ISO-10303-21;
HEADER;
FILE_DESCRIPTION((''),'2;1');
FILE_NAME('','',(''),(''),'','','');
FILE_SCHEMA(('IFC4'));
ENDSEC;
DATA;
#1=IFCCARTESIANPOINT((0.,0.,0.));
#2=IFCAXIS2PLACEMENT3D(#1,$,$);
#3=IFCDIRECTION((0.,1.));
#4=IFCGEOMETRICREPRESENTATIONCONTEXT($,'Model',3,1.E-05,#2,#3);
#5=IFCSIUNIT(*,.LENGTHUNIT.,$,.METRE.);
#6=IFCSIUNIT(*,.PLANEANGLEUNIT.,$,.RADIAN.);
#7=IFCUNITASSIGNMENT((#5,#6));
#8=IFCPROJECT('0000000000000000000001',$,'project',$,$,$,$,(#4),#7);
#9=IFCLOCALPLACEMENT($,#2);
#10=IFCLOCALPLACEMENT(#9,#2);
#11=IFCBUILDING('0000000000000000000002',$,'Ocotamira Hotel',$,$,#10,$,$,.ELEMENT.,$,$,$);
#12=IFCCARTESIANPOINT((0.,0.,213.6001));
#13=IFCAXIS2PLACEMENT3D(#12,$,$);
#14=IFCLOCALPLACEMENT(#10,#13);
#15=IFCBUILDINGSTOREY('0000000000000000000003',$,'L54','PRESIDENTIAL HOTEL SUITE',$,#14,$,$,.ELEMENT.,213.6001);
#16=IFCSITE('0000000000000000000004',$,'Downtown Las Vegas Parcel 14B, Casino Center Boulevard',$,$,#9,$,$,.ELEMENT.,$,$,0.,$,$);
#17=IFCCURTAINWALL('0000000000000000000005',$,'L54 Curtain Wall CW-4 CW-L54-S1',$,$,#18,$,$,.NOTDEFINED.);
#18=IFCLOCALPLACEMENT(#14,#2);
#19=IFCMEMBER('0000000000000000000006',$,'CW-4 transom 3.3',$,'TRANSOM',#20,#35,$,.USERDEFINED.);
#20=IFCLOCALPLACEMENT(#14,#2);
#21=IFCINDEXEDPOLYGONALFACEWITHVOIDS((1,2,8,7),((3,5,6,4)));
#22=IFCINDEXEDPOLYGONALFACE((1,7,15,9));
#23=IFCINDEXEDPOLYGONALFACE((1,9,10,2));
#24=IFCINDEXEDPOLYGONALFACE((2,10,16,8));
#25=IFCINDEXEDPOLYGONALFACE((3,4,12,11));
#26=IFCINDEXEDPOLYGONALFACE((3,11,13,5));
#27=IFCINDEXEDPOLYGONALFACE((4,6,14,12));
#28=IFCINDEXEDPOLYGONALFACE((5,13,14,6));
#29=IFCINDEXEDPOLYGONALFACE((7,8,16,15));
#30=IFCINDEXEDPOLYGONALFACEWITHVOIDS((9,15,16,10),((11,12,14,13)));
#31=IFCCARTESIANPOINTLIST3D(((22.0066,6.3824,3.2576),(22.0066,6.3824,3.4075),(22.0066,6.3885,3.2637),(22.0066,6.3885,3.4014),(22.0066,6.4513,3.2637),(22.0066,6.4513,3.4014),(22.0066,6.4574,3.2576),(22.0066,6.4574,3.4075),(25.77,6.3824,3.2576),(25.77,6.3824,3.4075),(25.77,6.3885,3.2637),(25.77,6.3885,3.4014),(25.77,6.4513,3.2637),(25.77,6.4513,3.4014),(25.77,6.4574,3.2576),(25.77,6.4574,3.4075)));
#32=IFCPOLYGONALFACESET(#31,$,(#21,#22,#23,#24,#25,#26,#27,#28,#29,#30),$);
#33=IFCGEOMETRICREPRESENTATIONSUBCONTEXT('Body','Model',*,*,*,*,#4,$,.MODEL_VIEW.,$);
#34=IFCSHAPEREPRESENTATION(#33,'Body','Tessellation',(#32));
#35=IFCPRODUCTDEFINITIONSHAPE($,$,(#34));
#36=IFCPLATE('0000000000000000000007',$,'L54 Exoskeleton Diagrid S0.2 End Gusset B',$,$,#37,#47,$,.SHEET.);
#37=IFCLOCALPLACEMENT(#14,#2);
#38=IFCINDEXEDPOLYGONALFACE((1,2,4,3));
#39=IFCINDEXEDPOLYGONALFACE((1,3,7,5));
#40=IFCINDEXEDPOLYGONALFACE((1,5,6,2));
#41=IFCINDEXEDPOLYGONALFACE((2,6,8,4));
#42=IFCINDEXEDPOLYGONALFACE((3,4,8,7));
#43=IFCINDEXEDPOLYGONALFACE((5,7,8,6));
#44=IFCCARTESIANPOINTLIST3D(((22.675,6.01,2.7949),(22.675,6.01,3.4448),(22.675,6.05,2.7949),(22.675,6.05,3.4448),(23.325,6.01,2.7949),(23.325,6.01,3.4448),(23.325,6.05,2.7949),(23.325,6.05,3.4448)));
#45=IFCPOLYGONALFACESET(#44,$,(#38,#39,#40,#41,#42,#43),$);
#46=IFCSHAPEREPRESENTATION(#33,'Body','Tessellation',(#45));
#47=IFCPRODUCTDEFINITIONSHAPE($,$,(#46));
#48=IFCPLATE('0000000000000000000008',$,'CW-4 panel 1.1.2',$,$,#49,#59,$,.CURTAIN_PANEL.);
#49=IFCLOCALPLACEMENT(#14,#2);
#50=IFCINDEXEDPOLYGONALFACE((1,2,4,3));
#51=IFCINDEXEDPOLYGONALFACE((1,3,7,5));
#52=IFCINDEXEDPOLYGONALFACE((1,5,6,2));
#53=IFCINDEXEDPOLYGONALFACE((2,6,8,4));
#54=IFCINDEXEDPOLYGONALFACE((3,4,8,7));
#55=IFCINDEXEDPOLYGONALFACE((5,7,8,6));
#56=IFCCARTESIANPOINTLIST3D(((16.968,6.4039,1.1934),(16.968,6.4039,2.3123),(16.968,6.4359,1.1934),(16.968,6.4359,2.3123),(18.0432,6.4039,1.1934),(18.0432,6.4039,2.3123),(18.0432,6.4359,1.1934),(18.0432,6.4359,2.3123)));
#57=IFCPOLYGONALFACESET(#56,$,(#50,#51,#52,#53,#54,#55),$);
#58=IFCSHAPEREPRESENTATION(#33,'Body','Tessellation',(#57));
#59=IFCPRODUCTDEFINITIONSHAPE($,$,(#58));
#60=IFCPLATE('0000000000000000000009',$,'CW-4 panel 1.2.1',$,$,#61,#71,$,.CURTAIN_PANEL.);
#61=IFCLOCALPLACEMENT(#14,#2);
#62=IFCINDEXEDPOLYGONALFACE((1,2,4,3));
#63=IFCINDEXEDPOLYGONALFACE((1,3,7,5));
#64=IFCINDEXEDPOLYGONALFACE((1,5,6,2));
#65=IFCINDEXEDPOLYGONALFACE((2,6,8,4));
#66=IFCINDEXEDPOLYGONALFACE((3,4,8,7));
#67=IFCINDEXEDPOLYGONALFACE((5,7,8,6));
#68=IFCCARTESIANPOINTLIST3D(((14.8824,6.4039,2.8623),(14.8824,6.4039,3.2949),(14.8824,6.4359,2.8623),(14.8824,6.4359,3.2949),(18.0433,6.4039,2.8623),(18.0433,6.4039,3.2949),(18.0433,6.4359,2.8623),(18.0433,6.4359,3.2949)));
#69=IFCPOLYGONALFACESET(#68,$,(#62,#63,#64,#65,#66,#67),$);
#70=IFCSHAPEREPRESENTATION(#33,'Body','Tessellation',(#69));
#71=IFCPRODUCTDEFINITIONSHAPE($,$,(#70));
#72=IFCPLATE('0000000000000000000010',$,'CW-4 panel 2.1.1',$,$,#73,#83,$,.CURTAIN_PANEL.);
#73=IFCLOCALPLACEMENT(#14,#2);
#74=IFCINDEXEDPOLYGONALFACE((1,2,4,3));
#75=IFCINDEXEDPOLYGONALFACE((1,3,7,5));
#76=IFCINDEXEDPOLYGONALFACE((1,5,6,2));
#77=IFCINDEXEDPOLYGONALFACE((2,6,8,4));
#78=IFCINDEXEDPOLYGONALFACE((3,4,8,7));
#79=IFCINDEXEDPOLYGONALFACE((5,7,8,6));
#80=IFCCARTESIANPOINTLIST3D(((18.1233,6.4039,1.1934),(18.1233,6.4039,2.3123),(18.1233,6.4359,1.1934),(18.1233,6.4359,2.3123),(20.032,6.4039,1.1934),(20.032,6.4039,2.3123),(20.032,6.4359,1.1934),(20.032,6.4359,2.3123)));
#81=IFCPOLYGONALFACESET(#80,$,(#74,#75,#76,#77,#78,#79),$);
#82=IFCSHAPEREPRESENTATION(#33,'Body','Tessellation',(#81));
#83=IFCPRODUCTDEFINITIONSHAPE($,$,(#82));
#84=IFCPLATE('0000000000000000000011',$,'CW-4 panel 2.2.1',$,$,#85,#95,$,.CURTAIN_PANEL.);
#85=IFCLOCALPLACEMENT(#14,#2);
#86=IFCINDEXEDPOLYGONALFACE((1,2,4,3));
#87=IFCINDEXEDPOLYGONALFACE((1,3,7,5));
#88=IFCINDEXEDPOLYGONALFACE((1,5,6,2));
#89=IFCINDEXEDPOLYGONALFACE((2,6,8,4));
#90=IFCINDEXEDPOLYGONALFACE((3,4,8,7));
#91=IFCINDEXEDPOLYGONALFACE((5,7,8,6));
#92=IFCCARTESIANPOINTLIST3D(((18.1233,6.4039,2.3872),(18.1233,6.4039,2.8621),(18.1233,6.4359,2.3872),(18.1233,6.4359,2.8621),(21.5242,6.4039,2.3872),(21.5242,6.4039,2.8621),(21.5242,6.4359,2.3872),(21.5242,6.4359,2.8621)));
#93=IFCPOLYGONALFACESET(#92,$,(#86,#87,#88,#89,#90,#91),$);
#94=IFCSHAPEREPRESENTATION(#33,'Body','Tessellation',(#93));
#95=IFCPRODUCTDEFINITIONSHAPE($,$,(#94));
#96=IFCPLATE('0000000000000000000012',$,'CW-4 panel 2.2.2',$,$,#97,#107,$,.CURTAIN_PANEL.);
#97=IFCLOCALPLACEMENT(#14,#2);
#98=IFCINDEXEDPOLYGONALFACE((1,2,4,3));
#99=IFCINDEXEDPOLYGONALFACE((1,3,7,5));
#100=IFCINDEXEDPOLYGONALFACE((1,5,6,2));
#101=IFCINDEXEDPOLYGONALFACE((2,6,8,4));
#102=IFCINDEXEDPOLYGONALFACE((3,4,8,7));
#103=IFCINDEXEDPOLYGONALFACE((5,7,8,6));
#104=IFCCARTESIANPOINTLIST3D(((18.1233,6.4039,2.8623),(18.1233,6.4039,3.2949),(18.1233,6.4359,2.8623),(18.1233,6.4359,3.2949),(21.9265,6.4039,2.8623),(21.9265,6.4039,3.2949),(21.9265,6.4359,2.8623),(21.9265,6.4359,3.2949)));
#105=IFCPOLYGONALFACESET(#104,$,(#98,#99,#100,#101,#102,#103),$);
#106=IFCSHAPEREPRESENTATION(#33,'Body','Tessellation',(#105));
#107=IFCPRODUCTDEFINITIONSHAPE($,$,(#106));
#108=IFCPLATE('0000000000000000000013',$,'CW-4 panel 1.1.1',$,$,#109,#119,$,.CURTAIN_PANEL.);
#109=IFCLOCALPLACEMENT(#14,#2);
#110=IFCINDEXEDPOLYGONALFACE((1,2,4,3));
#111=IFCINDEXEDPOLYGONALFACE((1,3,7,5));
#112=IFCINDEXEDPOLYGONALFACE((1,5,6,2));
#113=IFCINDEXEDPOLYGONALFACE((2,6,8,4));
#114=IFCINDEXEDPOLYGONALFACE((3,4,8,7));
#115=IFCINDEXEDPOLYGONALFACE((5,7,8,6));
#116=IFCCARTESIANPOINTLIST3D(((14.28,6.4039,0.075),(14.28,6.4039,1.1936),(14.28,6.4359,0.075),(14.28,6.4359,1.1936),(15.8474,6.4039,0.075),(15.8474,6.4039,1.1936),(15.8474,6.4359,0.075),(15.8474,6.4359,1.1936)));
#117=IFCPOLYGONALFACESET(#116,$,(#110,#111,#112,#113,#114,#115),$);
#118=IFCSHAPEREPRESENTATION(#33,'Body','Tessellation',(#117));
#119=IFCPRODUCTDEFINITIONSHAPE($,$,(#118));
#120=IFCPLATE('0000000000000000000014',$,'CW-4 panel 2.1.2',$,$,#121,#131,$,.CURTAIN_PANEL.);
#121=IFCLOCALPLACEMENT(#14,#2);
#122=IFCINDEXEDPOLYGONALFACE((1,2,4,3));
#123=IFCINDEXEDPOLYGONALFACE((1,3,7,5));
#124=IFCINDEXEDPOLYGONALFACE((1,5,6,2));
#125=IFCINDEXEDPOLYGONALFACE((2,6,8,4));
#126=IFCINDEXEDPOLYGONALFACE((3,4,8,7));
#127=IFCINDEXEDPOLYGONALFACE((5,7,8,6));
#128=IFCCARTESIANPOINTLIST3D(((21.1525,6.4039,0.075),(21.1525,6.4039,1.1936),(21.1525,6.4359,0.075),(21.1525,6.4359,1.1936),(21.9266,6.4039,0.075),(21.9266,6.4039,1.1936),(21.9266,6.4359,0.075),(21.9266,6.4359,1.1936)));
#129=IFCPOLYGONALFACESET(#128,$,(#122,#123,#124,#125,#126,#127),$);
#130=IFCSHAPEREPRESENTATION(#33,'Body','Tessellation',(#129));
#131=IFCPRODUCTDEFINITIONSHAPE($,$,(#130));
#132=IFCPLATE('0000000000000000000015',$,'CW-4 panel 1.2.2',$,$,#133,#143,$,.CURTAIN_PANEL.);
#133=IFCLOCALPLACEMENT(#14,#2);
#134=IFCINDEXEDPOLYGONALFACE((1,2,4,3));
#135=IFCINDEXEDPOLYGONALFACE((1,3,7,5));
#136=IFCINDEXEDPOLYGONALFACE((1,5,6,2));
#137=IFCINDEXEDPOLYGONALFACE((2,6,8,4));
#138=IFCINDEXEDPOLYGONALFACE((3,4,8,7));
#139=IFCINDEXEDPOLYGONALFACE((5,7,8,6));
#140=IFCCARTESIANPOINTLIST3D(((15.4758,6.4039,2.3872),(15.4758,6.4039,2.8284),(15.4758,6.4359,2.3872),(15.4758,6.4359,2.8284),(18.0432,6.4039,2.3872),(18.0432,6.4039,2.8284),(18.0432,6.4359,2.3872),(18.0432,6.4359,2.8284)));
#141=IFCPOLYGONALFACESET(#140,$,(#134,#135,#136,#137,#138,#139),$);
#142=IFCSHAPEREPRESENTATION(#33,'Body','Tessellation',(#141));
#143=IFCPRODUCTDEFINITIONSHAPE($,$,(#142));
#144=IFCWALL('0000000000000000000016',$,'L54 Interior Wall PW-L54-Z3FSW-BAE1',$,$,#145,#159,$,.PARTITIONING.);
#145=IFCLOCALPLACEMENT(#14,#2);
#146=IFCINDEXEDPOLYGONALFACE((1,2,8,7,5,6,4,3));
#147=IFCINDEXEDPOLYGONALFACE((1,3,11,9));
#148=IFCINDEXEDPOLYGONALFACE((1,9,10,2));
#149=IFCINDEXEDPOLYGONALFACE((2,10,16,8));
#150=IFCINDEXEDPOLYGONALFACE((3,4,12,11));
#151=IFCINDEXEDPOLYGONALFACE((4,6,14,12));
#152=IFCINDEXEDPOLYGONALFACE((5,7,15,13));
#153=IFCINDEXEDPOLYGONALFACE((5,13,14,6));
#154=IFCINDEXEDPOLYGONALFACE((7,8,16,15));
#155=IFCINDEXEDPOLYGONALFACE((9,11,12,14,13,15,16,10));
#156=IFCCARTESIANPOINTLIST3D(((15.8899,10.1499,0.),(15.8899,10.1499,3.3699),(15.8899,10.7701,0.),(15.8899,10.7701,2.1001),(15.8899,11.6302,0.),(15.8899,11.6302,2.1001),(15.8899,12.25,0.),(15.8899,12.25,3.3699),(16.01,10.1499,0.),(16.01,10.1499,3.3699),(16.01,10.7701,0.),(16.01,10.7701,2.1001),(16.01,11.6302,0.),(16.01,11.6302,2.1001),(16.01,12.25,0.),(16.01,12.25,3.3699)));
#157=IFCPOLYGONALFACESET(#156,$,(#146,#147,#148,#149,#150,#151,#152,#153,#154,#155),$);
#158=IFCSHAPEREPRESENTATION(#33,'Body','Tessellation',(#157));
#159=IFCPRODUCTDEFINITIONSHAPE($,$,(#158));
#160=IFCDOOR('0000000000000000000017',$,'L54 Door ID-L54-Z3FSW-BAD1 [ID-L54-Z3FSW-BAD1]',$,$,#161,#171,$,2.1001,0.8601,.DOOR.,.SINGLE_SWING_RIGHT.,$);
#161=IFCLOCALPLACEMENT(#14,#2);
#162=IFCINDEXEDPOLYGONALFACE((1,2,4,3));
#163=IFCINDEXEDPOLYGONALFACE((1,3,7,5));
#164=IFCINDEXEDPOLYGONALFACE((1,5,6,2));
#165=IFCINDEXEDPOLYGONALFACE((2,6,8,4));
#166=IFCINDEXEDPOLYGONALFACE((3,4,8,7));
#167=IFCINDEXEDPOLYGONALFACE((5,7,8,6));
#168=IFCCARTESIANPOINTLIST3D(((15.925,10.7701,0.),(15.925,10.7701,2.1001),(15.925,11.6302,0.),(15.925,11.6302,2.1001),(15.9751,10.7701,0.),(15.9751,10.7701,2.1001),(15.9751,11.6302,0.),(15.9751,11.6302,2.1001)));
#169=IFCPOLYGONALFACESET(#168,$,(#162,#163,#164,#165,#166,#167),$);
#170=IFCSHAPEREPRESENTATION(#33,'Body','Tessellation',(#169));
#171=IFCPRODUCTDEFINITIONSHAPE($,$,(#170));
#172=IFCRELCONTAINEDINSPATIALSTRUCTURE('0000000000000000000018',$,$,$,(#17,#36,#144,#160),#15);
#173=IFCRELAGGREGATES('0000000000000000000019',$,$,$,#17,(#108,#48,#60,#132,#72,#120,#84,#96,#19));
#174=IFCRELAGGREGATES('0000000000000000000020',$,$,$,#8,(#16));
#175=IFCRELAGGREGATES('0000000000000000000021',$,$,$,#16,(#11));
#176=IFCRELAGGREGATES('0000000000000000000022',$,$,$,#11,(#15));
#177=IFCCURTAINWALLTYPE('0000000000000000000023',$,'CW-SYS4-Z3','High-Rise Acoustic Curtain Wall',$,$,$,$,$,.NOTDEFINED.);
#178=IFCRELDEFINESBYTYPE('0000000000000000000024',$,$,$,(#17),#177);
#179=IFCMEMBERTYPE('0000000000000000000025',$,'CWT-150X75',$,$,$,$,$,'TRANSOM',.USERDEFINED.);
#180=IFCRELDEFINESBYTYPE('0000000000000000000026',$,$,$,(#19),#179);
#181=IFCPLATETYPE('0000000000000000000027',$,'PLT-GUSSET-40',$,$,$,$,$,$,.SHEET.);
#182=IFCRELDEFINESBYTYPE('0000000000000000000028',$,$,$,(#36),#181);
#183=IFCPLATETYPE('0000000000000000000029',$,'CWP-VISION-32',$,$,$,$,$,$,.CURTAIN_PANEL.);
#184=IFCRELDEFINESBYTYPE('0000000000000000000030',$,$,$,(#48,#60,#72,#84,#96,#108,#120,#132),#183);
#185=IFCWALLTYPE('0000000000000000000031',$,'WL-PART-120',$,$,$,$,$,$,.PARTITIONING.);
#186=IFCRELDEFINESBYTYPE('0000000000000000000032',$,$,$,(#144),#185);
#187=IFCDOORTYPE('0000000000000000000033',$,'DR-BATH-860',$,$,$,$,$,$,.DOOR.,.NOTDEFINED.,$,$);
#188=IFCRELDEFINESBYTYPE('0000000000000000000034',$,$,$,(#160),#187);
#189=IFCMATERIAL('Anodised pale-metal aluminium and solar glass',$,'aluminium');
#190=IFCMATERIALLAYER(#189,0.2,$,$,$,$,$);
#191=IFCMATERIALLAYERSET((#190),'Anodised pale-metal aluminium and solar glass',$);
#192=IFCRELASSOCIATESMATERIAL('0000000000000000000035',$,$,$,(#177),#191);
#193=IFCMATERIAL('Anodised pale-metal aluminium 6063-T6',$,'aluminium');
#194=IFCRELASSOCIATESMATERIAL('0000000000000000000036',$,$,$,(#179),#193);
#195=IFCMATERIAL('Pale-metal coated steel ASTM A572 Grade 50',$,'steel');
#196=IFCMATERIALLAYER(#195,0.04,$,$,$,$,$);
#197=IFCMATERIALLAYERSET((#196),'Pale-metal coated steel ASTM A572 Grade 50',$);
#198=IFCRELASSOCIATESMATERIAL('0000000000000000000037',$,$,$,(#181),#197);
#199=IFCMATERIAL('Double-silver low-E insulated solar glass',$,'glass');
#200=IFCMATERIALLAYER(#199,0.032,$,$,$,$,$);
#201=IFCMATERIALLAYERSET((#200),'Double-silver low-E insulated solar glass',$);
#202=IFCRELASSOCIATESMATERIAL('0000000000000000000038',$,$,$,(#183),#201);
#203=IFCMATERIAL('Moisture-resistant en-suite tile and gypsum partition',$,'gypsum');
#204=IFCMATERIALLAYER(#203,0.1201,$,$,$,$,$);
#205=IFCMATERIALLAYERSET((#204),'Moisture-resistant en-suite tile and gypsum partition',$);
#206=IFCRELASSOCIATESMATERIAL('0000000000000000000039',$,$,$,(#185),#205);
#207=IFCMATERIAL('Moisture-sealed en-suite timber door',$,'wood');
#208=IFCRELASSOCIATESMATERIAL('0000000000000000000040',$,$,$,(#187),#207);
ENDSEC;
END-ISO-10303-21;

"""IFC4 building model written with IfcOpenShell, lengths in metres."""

from ifc_helpers import new_model, si_unit, direction, frame, frame_2d, origin, origin_2d, place, context, subcontext, project, spatial, rectangle, hollow_rectangle, extrude, source, transform, mapped, material, layer, layer_set, material_profile, profile_set, type_object, element, fill, aggregate, save


model = new_model("IFC4")

# Units and contexts
model_context = context("Model", 3, precision=1e-05, world=origin(), true_north=direction((0.0, 1.0)))
body_context = subcontext(model_context, "Body", "Model", "MODEL_VIEW")
ifc_project = project(units=[si_unit("LENGTHUNIT", "METRE"), si_unit("PLANEANGLEUNIT", "RADIAN")], contexts=[model_context])

# Site, building, storey
site_placement = place(None, origin())
site = spatial("IfcSite", under=ifc_project, at=site_placement, Name="Downtown Las Vegas Parcel 14B, Casino Center Boulevard", CompositionType="ELEMENT", RefElevation=0.0)
building_placement = place(site_placement, origin())
building = spatial("IfcBuilding", under=site, at=building_placement, Name="Ocotamira Hotel", CompositionType="ELEMENT")
storey_placement = place(building_placement, frame((0.0, 0.0, 213.6001)))
storey = spatial("IfcBuildingStorey", under=building, at=storey_placement, Name="L54", Description="PRESIDENTIAL HOTEL SUITE", CompositionType="ELEMENT", Elevation=213.6001)

# Curtain wall, member
ifc_material_1 = material(Name="Anodised pale-metal aluminium and solar glass", Category="aluminium")
ifc_layer_1 = layer(ifc_material_1, 0.2)
ifc_layer_set_1 = layer_set([ifc_layer_1], Name="Anodised pale-metal aluminium and solar glass")
curtain_wall_type = type_object("IfcCurtainWallType", Name="CW-SYS4-Z3", Description="High-Rise Acoustic Curtain Wall", PredefinedType="NOTDEFINED", material=ifc_layer_set_1)
curtain_wall_placement = place(storey_placement, origin())
curtain_wall = element("IfcCurtainWall", 1, at=curtain_wall_placement, inside=storey, type_object=curtain_wall_type, Name="L54 Curtain Wall CW-4 CW-L54-S1", PredefinedType="NOTDEFINED")
ifc_material_2 = material(Name="Anodised pale-metal aluminium 6063-T6", Category="aluminium")
ifc_material_profile_1 = material_profile(ifc_material_2, hollow_rectangle(XDim=0.075, YDim=0.1499, WallThickness=0.0061, at=origin_2d()), Name="HSS150X75X6")
ifc_profile_set_1 = profile_set([ifc_material_profile_1], Name="Anodised pale-metal aluminium 6063-T6")
member_type_1 = type_object("IfcMemberType", Name="CWT-150X75", ElementType="TRANSOM", PredefinedType="USERDEFINED", material=ifc_profile_set_1)
shared_shape_1 = source(origin(), body_context, "Body", "SweptSolid", [
    extrude(hollow_rectangle(XDim=0.075, YDim=0.1499, WallThickness=0.0061, at=origin_2d()), origin(), (0.0, 0.0, 1.0), 3.7634),
])
member_1_placement = place(storey_placement, frame((22.0066, 6.4199, 3.3325), z_axis=(1.0, 0.0, 0.0), x_axis=(0.0, 1.0, 0.0)))
member_1 = element("IfcMember", 2, at=member_1_placement, type_object=member_type_1, Name="CW-4 transom 3.3", ObjectType="TRANSOM", PredefinedType="USERDEFINED", context=body_context, shape_type="MappedRepresentation", body=[
    mapped(shared_shape_1, transform((0.0, 0.0, 0.0), scale=1.0)),
])

# Plates
ifc_material_3 = material(Name="Pale-metal coated steel ASTM A572 Grade 50", Category="steel")
ifc_layer_2 = layer(ifc_material_3, 0.04)
ifc_layer_set_2 = layer_set([ifc_layer_2], Name="Pale-metal coated steel ASTM A572 Grade 50")
plate_type_1 = type_object("IfcPlateType", Name="PLT-GUSSET-40", PredefinedType="SHEET", material=ifc_layer_set_2)
shared_shape_2 = source(origin(), body_context, "Body", "SweptSolid", [
    extrude(rectangle(XDim=0.6499, YDim=0.04, at=origin_2d()), origin(), (0.0, 0.0, 1.0), 0.6499),
])
plate_1_placement = place(storey_placement, frame((23.0, 6.03, 2.7949), z_axis=(0.0, 0.0, 1.0), x_axis=(1.0, 0.0, 0.0)))
element("IfcPlate", 3, at=plate_1_placement, inside=storey, type_object=plate_type_1, Name="L54 Exoskeleton Diagrid S0.2 End Gusset B", PredefinedType="SHEET", context=body_context, shape_type="MappedRepresentation", body=[
    mapped(shared_shape_2, transform((0.0, 0.0, 0.0), scale=1.0)),
])
ifc_material_4 = material(Name="Double-silver low-E insulated solar glass", Category="glass")
ifc_layer_3 = layer(ifc_material_4, 0.032)
ifc_layer_set_3 = layer_set([ifc_layer_3], Name="Double-silver low-E insulated solar glass")
plate_type_2 = type_object("IfcPlateType", Name="CWP-VISION-32", PredefinedType="CURTAIN_PANEL", material=ifc_layer_set_3)
shared_shape_3 = source(origin(), body_context, "Body", "SweptSolid", [
    extrude(rectangle(XDim=1.0752, YDim=0.032, at=origin_2d()), origin(), (0.0, 0.0, 1.0), 1.1189),
])
plate_2_placement = place(storey_placement, frame((17.5056, 6.4199, 1.1934), z_axis=(0.0, 0.0, 1.0), x_axis=(1.0, 0.0, 0.0)))
plate_2 = element("IfcPlate", 4, at=plate_2_placement, type_object=plate_type_2, Name="CW-4 panel 1.1.2", PredefinedType="CURTAIN_PANEL", context=body_context, shape_type="MappedRepresentation", body=[
    mapped(shared_shape_3, transform((0.0, 0.0, 0.0), scale=1.0)),
])
shared_shape_4 = source(origin(), body_context, "Body", "SweptSolid", [
    extrude(rectangle(XDim=3.1609, YDim=0.032, at=origin_2d()), origin(), (0.0, 0.0, 1.0), 0.4326),
])
plate_3_placement = place(storey_placement, frame((16.4629, 6.4199, 2.8623), z_axis=(0.0, 0.0, 1.0), x_axis=(1.0, 0.0, 0.0)))
plate_3 = element("IfcPlate", 5, at=plate_3_placement, type_object=plate_type_2, Name="CW-4 panel 1.2.1", PredefinedType="CURTAIN_PANEL", context=body_context, shape_type="MappedRepresentation", body=[
    mapped(shared_shape_4, transform((0.0, 0.0, 0.0), scale=1.0)),
])
shared_shape_5 = source(origin(), body_context, "Body", "SweptSolid", [
    extrude(rectangle(XDim=1.9087, YDim=0.032, at=origin_2d()), origin(), (0.0, 0.0, 1.0), 1.1189),
])
plate_4_placement = place(storey_placement, frame((19.0776, 6.4199, 1.1934), z_axis=(0.0, 0.0, 1.0), x_axis=(1.0, 0.0, 0.0)))
plate_4 = element("IfcPlate", 6, at=plate_4_placement, type_object=plate_type_2, Name="CW-4 panel 2.1.1", PredefinedType="CURTAIN_PANEL", context=body_context, shape_type="MappedRepresentation", body=[
    mapped(shared_shape_5, transform((0.0, 0.0, 0.0), scale=1.0)),
])
shared_shape_6 = source(origin(), body_context, "Body", "SweptSolid", [
    extrude(rectangle(XDim=3.4009, YDim=0.032, at=origin_2d()), origin(), (0.0, 0.0, 1.0), 0.4749),
])
plate_5_placement = place(storey_placement, frame((19.8237, 6.4199, 2.3872), z_axis=(0.0, 0.0, 1.0), x_axis=(1.0, 0.0, 0.0)))
plate_5 = element("IfcPlate", 7, at=plate_5_placement, type_object=plate_type_2, Name="CW-4 panel 2.2.1", PredefinedType="CURTAIN_PANEL", context=body_context, shape_type="MappedRepresentation", body=[
    mapped(shared_shape_6, transform((0.0, 0.0, 0.0), scale=1.0)),
])
shared_shape_7 = source(origin(), body_context, "Body", "SweptSolid", [
    extrude(rectangle(XDim=3.8032, YDim=0.032, at=origin_2d()), origin(), (0.0, 0.0, 1.0), 0.4326),
])
plate_6_placement = place(storey_placement, frame((20.0249, 6.4199, 2.8623), z_axis=(0.0, 0.0, 1.0), x_axis=(1.0, 0.0, 0.0)))
plate_6 = element("IfcPlate", 8, at=plate_6_placement, type_object=plate_type_2, Name="CW-4 panel 2.2.2", PredefinedType="CURTAIN_PANEL", context=body_context, shape_type="MappedRepresentation", body=[
    mapped(shared_shape_7, transform((0.0, 0.0, 0.0), scale=1.0)),
])
shared_shape_8 = source(origin(), body_context, "Body", "SweptSolid", [
    extrude(rectangle(XDim=1.5674, YDim=0.032, at=origin_2d()), origin(), (0.0, 0.0, 1.0), 1.1187),
])
plate_7_placement = place(storey_placement, frame((15.0637, 6.4199, 0.075), z_axis=(0.0, 0.0, 1.0), x_axis=(1.0, 0.0, 0.0)))
plate_7 = element("IfcPlate", 9, at=plate_7_placement, type_object=plate_type_2, Name="CW-4 panel 1.1.1", PredefinedType="CURTAIN_PANEL", context=body_context, shape_type="MappedRepresentation", body=[
    mapped(shared_shape_8, transform((0.0, 0.0, 0.0), scale=1.0)),
])
shared_shape_9 = source(origin(), body_context, "Body", "SweptSolid", [
    extrude(rectangle(XDim=0.7742, YDim=0.032, at=origin_2d()), origin(), (0.0, 0.0, 1.0), 1.1187),
])
plate_8_placement = place(storey_placement, frame((21.5396, 6.4199, 0.075), z_axis=(0.0, 0.0, 1.0), x_axis=(1.0, 0.0, 0.0)))
plate_8 = element("IfcPlate", 10, at=plate_8_placement, type_object=plate_type_2, Name="CW-4 panel 2.1.2", PredefinedType="CURTAIN_PANEL", context=body_context, shape_type="MappedRepresentation", body=[
    mapped(shared_shape_9, transform((0.0, 0.0, 0.0), scale=1.0)),
])
shared_shape_10 = source(origin(), body_context, "Body", "SweptSolid", [
    extrude(rectangle(XDim=2.5674, YDim=0.032, at=origin_2d()), origin(), (0.0, 0.0, 1.0), 0.4412),
])
plate_9_placement = place(storey_placement, frame((16.7595, 6.4199, 2.3872), z_axis=(0.0, 0.0, 1.0), x_axis=(1.0, 0.0, 0.0)))
plate_9 = element("IfcPlate", 11, at=plate_9_placement, type_object=plate_type_2, Name="CW-4 panel 1.2.2", PredefinedType="CURTAIN_PANEL", context=body_context, shape_type="MappedRepresentation", body=[
    mapped(shared_shape_10, transform((0.0, 0.0, 0.0), scale=1.0)),
])
aggregate(curtain_wall, [plate_7, plate_2, plate_3, plate_9, plate_4, plate_8, plate_5, plate_6, member_1])

# Wall, opening, door
ifc_material_5 = material(Name="Moisture-resistant en-suite tile and gypsum partition", Category="gypsum")
ifc_layer_4 = layer(ifc_material_5, 0.1201)
ifc_layer_set_4 = layer_set([ifc_layer_4], Name="Moisture-resistant en-suite tile and gypsum partition")
wall_type_1 = type_object("IfcWallType", Name="WL-PART-120", PredefinedType="PARTITIONING", material=ifc_layer_set_4)
wall_1_placement = place(storey_placement, frame((15.95, 10.1499, 0.0), z_axis=(0.0, 0.0, 1.0), x_axis=(0.0, 1.0, 0.0)))
wall_1 = element("IfcWall", 12, at=wall_1_placement, inside=storey, type_object=wall_type_1, Name="L54 Interior Wall PW-L54-Z3FSW-BAE1", PredefinedType="PARTITIONING", context=body_context, shape_type="SweptSolid", body=[
    extrude(rectangle(XDim=2.1001, YDim=0.1201, at=frame_2d((1.05, 0.0))), origin(), (0.0, 0.0, 1.0), 3.3699),
])
opening_placement = place(wall_1_placement, frame((0.6201, 0.0, 0.0)))
opening = element("IfcOpeningElement", 13, at=opening_placement, cuts=wall_1, PredefinedType="OPENING", context=body_context, shape_type="SweptSolid", body=[
    extrude(rectangle(XDim=0.8601, YDim=2.1001, at=frame_2d((0.4302, 1.05))), frame((0.0, 0.0701, 0.0), z_axis=(0.0, -1.0, 0.0), x_axis=(1.0, 0.0, 0.0)), (0.0, 0.0, 1.0), 0.1401),
])
ifc_material_6 = material(Name="Moisture-sealed en-suite timber door", Category="wood")
door_type = type_object("IfcDoorType", Name="DR-BATH-860", OperationType="NOTDEFINED", PredefinedType="DOOR", material=ifc_material_6)
shared_shape_11 = source(origin(), body_context, "Body", "SweptSolid", [
    extrude(rectangle(XDim=0.8601, YDim=2.1001, at=frame_2d((0.4302, 1.05))), frame((0.0, 0.0249, 0.0), z_axis=(0.0, -1.0, 0.0), x_axis=(1.0, 0.0, 0.0)), (0.0, 0.0, 1.0), 0.05),
])
door_placement = place(opening_placement, origin())
door = element("IfcDoor", 14, at=door_placement, inside=storey, type_object=door_type, Name="L54 Door ID-L54-Z3FSW-BAD1 [ID-L54-Z3FSW-BAD1]", OperationType="SINGLE_SWING_RIGHT", OverallHeight=2.1001, OverallWidth=0.8601, PredefinedType="DOOR", context=body_context, shape_type="MappedRepresentation", body=[
    mapped(shared_shape_11, transform((0.0, 0.0, 0.0), scale=1.0)),
])
fill(opening, door)

save(model, "model.ifc")
